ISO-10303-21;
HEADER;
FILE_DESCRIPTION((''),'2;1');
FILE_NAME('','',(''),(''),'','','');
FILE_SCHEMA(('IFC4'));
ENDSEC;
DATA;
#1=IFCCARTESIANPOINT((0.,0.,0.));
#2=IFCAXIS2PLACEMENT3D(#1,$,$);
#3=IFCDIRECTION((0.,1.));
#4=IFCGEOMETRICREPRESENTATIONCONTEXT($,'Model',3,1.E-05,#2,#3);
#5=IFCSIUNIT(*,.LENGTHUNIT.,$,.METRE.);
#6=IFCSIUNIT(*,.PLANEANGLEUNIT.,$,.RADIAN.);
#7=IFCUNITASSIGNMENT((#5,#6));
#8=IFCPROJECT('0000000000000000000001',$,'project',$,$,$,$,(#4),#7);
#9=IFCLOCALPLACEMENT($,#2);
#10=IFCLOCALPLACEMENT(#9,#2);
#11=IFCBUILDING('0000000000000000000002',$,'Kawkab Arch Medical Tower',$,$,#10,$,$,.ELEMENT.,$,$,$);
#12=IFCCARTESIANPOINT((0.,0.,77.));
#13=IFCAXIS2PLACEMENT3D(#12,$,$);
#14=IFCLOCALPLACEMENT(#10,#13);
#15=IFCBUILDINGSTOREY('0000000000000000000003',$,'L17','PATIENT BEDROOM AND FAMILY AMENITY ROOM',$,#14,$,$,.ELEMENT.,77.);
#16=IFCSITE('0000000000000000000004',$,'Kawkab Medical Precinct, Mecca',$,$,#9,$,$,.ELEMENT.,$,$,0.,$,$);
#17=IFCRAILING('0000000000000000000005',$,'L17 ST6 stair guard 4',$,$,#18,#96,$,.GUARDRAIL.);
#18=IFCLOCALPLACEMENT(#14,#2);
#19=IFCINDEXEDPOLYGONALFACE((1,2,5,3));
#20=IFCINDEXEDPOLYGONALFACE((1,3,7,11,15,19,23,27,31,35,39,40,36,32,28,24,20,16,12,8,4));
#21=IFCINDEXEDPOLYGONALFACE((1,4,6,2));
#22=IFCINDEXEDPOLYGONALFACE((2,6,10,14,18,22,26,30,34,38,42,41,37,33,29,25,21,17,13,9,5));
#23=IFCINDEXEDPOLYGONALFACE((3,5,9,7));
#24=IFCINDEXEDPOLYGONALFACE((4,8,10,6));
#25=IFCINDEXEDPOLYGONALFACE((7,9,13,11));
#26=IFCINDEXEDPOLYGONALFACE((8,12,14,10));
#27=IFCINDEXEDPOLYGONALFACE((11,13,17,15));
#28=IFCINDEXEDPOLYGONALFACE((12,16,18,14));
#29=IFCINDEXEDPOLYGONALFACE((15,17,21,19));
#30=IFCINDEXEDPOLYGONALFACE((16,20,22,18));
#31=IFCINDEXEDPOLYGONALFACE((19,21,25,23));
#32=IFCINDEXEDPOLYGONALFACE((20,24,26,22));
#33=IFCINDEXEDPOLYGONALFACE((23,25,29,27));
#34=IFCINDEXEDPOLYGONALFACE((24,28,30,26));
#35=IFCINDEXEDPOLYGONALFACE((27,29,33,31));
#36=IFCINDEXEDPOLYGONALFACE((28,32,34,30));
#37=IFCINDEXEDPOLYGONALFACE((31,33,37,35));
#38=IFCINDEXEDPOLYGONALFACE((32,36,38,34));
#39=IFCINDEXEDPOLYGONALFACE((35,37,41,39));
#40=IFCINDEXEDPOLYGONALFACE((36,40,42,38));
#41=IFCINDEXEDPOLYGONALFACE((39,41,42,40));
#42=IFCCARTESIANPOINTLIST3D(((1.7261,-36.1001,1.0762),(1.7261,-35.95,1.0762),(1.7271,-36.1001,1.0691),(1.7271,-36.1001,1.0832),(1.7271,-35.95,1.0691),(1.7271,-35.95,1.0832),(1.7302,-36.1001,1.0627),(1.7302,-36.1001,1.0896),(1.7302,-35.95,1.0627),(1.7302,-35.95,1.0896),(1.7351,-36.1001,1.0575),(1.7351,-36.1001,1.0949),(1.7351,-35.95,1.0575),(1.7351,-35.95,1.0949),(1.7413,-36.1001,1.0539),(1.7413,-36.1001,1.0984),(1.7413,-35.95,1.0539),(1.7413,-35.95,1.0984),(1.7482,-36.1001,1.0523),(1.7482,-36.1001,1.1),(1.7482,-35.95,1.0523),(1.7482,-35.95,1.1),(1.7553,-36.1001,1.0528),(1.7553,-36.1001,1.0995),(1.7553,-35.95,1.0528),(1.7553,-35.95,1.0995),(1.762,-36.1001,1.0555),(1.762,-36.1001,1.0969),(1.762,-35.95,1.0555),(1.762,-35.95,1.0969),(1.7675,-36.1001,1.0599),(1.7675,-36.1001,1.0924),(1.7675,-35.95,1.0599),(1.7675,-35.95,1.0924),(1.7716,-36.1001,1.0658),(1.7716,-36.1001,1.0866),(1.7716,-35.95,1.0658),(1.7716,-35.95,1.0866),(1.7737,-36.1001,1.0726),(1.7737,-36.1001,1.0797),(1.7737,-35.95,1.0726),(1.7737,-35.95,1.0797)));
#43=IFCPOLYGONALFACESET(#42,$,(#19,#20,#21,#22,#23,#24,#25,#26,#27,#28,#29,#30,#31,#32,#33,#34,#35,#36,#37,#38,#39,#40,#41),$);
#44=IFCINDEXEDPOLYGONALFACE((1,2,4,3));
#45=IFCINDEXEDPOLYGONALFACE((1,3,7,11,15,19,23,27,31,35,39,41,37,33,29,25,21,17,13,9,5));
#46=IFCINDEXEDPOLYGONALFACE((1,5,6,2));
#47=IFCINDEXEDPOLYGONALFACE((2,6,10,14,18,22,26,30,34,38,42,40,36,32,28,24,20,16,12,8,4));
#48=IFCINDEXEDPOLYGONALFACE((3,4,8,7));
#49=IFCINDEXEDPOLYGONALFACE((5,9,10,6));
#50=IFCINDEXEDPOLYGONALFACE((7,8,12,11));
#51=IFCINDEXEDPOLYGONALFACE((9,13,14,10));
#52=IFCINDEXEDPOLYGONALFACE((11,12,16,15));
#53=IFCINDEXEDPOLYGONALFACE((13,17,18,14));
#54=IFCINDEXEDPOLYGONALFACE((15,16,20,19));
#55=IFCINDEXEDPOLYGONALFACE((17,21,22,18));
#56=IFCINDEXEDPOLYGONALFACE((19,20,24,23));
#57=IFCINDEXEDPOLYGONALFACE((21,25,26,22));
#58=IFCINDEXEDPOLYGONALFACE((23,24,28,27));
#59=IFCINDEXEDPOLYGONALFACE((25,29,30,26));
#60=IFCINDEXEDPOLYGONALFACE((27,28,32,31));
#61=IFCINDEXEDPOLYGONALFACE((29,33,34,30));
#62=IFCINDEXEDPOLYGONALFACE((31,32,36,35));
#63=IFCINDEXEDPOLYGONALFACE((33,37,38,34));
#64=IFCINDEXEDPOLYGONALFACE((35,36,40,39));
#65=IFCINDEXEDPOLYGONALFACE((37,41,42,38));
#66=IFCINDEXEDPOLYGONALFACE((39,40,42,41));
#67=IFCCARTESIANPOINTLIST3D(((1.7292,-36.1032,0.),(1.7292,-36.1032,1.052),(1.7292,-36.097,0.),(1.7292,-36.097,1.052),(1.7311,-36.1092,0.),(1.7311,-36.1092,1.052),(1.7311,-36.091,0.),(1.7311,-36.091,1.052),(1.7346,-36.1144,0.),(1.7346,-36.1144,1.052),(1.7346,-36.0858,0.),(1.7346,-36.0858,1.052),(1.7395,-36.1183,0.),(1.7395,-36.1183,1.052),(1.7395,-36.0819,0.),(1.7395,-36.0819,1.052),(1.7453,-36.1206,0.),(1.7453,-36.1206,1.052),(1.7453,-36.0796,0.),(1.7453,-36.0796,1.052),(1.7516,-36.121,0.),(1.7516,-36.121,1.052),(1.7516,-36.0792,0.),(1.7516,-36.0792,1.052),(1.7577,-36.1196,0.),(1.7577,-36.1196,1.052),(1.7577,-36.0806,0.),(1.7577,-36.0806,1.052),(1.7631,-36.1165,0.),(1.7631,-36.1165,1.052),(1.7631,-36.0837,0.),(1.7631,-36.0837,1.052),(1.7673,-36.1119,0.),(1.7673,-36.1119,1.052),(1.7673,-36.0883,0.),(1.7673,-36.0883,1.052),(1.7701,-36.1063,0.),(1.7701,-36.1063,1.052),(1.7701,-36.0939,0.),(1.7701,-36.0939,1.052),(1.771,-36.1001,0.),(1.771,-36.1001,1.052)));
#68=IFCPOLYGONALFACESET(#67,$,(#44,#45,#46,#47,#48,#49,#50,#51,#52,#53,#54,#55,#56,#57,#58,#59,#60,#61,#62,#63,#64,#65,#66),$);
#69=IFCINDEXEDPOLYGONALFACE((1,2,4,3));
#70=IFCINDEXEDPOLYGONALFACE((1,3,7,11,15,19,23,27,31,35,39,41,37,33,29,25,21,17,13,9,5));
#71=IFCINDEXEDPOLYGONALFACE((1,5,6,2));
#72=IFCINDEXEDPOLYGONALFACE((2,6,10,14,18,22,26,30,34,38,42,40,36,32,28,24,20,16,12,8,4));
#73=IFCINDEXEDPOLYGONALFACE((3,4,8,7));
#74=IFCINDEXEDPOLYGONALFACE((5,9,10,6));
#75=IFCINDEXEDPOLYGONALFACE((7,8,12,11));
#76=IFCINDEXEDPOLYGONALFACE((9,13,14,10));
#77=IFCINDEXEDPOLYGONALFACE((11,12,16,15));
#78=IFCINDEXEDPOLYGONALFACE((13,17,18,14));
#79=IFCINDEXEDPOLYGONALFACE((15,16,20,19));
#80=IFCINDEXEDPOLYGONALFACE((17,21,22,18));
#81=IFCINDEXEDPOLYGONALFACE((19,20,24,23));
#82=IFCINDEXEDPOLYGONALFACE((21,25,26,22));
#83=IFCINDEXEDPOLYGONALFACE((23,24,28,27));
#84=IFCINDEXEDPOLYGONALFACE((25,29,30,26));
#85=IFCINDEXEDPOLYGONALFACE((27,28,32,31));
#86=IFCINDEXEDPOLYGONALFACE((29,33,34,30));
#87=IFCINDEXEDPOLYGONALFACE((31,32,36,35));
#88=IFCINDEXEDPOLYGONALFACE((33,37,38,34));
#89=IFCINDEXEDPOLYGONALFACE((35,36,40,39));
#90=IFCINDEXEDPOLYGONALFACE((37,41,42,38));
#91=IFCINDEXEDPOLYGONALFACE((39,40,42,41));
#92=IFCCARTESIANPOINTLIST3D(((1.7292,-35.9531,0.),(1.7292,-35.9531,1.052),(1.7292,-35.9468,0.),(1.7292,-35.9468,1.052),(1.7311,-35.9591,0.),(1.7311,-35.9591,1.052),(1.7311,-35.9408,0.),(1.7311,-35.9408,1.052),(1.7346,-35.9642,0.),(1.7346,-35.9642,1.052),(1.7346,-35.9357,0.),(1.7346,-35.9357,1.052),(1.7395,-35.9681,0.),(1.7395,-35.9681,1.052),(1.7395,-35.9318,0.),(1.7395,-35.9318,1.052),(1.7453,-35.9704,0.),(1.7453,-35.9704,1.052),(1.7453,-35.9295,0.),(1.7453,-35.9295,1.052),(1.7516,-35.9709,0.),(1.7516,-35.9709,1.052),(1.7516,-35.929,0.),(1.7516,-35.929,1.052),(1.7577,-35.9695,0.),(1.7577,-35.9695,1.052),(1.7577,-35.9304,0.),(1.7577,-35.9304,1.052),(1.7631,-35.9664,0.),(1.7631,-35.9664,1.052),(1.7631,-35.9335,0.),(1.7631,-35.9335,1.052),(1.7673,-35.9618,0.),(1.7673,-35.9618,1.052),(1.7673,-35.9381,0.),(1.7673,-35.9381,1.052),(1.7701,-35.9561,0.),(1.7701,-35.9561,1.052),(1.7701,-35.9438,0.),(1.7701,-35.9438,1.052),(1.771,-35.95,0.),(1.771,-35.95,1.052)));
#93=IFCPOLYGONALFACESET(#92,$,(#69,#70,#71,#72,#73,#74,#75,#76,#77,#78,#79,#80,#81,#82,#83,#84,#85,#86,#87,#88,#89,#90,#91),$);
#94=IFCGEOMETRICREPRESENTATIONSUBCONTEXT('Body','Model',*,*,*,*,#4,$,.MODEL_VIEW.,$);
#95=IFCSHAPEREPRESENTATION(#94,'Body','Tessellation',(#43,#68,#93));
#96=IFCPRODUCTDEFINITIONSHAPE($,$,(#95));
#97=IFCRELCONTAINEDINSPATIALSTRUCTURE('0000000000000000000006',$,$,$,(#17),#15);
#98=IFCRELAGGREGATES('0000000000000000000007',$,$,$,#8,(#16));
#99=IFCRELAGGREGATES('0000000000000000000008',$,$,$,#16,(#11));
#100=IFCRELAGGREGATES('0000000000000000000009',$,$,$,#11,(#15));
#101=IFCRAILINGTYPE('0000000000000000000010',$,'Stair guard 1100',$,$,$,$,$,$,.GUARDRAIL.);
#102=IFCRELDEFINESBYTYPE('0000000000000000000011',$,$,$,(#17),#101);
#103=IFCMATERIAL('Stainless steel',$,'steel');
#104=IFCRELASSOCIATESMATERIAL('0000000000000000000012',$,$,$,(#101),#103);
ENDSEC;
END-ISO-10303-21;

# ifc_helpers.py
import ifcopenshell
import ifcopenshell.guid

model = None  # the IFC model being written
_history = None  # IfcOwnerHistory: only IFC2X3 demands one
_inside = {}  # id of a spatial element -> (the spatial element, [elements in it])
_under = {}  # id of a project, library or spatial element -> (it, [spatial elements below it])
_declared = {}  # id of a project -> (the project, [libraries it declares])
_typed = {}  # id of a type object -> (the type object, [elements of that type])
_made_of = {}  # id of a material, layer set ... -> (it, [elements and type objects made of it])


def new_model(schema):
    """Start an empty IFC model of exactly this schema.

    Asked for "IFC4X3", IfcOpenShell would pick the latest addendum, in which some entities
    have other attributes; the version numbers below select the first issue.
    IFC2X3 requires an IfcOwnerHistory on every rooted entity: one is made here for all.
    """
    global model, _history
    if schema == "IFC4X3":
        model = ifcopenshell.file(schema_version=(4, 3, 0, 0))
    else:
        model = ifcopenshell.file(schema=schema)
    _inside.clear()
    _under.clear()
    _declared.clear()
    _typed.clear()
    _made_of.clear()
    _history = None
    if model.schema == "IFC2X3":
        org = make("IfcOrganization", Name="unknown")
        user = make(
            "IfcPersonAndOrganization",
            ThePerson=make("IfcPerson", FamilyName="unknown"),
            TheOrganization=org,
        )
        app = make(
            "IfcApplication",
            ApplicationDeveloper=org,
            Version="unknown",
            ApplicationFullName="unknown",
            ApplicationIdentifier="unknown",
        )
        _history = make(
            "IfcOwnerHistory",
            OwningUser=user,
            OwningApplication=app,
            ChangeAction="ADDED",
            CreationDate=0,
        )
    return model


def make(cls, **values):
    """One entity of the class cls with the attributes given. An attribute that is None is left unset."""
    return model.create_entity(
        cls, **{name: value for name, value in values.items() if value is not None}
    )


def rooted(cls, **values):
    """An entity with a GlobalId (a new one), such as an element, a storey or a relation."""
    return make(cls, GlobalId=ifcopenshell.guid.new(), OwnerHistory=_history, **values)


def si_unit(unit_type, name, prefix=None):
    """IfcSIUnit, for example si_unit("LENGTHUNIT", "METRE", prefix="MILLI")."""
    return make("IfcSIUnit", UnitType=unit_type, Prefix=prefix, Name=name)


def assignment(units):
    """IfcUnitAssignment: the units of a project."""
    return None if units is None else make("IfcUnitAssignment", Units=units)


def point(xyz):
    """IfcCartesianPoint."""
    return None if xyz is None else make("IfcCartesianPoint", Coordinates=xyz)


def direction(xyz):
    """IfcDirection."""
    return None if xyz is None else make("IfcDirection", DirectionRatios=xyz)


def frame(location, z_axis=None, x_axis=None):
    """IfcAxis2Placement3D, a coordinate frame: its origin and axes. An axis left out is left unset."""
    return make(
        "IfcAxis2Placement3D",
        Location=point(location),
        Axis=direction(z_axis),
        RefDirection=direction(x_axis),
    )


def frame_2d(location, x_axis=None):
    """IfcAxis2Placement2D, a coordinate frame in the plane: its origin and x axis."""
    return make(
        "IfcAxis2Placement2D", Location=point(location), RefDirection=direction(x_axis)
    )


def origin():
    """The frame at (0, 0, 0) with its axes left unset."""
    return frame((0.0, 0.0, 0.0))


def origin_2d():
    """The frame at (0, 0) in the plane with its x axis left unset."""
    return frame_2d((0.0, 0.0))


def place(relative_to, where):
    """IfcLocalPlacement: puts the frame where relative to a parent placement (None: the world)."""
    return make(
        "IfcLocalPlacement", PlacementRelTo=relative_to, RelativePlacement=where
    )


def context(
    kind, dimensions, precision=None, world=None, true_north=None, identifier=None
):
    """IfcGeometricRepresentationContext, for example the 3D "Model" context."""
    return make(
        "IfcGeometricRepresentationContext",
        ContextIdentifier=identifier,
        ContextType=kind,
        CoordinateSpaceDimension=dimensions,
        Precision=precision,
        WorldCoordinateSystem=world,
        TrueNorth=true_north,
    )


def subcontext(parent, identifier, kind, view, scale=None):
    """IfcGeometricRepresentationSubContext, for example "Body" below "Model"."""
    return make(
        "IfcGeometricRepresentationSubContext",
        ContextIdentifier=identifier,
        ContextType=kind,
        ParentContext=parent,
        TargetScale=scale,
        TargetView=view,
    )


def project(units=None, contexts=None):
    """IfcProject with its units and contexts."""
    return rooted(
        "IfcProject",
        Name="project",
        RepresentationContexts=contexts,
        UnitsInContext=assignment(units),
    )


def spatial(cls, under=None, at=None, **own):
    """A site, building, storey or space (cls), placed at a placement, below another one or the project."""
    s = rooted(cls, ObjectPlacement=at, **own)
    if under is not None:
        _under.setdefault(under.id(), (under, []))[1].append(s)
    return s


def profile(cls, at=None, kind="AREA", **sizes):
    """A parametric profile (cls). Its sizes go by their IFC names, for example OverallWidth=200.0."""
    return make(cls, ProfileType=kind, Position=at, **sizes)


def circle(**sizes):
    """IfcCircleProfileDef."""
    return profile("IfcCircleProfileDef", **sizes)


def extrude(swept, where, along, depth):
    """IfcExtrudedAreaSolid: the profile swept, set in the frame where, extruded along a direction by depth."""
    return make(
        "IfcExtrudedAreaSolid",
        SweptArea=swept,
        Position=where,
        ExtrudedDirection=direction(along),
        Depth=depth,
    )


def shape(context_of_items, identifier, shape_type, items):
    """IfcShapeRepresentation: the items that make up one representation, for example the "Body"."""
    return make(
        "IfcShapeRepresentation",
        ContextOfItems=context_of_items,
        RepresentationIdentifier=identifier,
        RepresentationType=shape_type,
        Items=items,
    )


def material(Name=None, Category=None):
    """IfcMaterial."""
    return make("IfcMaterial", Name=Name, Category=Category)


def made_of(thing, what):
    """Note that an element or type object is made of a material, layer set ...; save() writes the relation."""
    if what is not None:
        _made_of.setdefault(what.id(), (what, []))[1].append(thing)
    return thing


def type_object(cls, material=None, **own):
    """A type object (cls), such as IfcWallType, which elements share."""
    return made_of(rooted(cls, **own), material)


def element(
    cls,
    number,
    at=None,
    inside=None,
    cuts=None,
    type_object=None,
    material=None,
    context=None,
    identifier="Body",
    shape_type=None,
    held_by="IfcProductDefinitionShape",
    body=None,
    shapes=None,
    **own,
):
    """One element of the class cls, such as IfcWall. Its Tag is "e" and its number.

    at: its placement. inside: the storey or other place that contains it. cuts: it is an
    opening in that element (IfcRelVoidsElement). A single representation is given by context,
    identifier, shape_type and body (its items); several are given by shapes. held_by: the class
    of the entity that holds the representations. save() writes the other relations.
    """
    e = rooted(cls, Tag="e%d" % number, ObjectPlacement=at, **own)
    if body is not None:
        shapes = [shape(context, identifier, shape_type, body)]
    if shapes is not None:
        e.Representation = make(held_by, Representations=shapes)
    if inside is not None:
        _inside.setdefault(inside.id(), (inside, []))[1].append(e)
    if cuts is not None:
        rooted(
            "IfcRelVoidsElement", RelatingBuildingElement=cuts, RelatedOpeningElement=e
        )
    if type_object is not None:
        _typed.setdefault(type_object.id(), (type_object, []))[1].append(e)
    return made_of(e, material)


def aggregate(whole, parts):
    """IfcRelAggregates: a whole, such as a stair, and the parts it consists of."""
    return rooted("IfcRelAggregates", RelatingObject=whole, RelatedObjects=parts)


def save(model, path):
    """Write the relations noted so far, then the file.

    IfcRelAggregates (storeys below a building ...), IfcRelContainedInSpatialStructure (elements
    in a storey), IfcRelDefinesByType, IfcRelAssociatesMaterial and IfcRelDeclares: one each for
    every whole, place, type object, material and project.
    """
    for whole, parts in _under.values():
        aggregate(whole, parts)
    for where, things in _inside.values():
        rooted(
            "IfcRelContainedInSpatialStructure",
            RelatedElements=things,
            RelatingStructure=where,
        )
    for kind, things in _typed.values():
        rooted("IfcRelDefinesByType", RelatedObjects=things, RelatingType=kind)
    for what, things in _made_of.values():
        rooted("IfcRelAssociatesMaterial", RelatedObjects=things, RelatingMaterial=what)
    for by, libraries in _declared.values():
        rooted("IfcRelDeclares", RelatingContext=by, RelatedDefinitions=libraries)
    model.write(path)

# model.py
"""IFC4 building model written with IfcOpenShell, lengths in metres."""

from ifc_helpers import new_model, si_unit, direction, frame, origin, origin_2d, place, context, subcontext, project, spatial, circle, extrude, material, type_object, element, save


model = new_model("IFC4")

# Units and contexts
model_context = context("Model", 3, precision=1e-05, world=origin(), true_north=direction((0.0, 1.0)))
body_context = subcontext(model_context, "Body", "Model", "MODEL_VIEW")
ifc_project = project(units=[si_unit("LENGTHUNIT", "METRE"), si_unit("PLANEANGLEUNIT", "RADIAN")], contexts=[model_context])

# Site, building, storey
site_placement = place(None, origin())
site = spatial("IfcSite", under=ifc_project, at=site_placement, Name="Kawkab Medical Precinct, Mecca", CompositionType="ELEMENT", RefElevation=0.0)
building_placement = place(site_placement, origin())
building = spatial("IfcBuilding", under=site, at=building_placement, Name="Kawkab Arch Medical Tower", CompositionType="ELEMENT")
storey_placement = place(building_placement, frame((0.0, 0.0, 77.0)))
storey = spatial("IfcBuildingStorey", under=building, at=storey_placement, Name="L17", Description="PATIENT BEDROOM AND FAMILY AMENITY ROOM", CompositionType="ELEMENT", Elevation=77.0)

# Railing
ifc_material_1 = material(Name="Stainless steel", Category="steel")
railing_type = type_object("IfcRailingType", Name="Stair guard 1100", PredefinedType="GUARDRAIL", material=ifc_material_1)
railing_1_placement = place(storey_placement, frame((1.75, -36.1001, 0.0)))
element("IfcRailing", 1, at=railing_1_placement, inside=storey, type_object=railing_type, Name="L17 ST6 stair guard 4", PredefinedType="GUARDRAIL", context=body_context, shape_type="SweptSolid", body=[
    extrude(circle(Radius=0.0239, at=origin_2d()), frame((0.0, 0.0, 1.0762), z_axis=(0.0, 1.0, 0.0), x_axis=(-1.0, 0.0, 0.0)), (0.0, 0.0, 1.0), 0.1501),
    extrude(circle(Radius=0.021, at=origin_2d()), origin(), (0.0, 0.0, 1.0), 1.052),
    extrude(circle(Radius=0.021, at=origin_2d()), frame((0.0, 0.1501, 0.0)), (0.0, 0.0, 1.0), 1.052),
])

save(model, "model.ifc")
